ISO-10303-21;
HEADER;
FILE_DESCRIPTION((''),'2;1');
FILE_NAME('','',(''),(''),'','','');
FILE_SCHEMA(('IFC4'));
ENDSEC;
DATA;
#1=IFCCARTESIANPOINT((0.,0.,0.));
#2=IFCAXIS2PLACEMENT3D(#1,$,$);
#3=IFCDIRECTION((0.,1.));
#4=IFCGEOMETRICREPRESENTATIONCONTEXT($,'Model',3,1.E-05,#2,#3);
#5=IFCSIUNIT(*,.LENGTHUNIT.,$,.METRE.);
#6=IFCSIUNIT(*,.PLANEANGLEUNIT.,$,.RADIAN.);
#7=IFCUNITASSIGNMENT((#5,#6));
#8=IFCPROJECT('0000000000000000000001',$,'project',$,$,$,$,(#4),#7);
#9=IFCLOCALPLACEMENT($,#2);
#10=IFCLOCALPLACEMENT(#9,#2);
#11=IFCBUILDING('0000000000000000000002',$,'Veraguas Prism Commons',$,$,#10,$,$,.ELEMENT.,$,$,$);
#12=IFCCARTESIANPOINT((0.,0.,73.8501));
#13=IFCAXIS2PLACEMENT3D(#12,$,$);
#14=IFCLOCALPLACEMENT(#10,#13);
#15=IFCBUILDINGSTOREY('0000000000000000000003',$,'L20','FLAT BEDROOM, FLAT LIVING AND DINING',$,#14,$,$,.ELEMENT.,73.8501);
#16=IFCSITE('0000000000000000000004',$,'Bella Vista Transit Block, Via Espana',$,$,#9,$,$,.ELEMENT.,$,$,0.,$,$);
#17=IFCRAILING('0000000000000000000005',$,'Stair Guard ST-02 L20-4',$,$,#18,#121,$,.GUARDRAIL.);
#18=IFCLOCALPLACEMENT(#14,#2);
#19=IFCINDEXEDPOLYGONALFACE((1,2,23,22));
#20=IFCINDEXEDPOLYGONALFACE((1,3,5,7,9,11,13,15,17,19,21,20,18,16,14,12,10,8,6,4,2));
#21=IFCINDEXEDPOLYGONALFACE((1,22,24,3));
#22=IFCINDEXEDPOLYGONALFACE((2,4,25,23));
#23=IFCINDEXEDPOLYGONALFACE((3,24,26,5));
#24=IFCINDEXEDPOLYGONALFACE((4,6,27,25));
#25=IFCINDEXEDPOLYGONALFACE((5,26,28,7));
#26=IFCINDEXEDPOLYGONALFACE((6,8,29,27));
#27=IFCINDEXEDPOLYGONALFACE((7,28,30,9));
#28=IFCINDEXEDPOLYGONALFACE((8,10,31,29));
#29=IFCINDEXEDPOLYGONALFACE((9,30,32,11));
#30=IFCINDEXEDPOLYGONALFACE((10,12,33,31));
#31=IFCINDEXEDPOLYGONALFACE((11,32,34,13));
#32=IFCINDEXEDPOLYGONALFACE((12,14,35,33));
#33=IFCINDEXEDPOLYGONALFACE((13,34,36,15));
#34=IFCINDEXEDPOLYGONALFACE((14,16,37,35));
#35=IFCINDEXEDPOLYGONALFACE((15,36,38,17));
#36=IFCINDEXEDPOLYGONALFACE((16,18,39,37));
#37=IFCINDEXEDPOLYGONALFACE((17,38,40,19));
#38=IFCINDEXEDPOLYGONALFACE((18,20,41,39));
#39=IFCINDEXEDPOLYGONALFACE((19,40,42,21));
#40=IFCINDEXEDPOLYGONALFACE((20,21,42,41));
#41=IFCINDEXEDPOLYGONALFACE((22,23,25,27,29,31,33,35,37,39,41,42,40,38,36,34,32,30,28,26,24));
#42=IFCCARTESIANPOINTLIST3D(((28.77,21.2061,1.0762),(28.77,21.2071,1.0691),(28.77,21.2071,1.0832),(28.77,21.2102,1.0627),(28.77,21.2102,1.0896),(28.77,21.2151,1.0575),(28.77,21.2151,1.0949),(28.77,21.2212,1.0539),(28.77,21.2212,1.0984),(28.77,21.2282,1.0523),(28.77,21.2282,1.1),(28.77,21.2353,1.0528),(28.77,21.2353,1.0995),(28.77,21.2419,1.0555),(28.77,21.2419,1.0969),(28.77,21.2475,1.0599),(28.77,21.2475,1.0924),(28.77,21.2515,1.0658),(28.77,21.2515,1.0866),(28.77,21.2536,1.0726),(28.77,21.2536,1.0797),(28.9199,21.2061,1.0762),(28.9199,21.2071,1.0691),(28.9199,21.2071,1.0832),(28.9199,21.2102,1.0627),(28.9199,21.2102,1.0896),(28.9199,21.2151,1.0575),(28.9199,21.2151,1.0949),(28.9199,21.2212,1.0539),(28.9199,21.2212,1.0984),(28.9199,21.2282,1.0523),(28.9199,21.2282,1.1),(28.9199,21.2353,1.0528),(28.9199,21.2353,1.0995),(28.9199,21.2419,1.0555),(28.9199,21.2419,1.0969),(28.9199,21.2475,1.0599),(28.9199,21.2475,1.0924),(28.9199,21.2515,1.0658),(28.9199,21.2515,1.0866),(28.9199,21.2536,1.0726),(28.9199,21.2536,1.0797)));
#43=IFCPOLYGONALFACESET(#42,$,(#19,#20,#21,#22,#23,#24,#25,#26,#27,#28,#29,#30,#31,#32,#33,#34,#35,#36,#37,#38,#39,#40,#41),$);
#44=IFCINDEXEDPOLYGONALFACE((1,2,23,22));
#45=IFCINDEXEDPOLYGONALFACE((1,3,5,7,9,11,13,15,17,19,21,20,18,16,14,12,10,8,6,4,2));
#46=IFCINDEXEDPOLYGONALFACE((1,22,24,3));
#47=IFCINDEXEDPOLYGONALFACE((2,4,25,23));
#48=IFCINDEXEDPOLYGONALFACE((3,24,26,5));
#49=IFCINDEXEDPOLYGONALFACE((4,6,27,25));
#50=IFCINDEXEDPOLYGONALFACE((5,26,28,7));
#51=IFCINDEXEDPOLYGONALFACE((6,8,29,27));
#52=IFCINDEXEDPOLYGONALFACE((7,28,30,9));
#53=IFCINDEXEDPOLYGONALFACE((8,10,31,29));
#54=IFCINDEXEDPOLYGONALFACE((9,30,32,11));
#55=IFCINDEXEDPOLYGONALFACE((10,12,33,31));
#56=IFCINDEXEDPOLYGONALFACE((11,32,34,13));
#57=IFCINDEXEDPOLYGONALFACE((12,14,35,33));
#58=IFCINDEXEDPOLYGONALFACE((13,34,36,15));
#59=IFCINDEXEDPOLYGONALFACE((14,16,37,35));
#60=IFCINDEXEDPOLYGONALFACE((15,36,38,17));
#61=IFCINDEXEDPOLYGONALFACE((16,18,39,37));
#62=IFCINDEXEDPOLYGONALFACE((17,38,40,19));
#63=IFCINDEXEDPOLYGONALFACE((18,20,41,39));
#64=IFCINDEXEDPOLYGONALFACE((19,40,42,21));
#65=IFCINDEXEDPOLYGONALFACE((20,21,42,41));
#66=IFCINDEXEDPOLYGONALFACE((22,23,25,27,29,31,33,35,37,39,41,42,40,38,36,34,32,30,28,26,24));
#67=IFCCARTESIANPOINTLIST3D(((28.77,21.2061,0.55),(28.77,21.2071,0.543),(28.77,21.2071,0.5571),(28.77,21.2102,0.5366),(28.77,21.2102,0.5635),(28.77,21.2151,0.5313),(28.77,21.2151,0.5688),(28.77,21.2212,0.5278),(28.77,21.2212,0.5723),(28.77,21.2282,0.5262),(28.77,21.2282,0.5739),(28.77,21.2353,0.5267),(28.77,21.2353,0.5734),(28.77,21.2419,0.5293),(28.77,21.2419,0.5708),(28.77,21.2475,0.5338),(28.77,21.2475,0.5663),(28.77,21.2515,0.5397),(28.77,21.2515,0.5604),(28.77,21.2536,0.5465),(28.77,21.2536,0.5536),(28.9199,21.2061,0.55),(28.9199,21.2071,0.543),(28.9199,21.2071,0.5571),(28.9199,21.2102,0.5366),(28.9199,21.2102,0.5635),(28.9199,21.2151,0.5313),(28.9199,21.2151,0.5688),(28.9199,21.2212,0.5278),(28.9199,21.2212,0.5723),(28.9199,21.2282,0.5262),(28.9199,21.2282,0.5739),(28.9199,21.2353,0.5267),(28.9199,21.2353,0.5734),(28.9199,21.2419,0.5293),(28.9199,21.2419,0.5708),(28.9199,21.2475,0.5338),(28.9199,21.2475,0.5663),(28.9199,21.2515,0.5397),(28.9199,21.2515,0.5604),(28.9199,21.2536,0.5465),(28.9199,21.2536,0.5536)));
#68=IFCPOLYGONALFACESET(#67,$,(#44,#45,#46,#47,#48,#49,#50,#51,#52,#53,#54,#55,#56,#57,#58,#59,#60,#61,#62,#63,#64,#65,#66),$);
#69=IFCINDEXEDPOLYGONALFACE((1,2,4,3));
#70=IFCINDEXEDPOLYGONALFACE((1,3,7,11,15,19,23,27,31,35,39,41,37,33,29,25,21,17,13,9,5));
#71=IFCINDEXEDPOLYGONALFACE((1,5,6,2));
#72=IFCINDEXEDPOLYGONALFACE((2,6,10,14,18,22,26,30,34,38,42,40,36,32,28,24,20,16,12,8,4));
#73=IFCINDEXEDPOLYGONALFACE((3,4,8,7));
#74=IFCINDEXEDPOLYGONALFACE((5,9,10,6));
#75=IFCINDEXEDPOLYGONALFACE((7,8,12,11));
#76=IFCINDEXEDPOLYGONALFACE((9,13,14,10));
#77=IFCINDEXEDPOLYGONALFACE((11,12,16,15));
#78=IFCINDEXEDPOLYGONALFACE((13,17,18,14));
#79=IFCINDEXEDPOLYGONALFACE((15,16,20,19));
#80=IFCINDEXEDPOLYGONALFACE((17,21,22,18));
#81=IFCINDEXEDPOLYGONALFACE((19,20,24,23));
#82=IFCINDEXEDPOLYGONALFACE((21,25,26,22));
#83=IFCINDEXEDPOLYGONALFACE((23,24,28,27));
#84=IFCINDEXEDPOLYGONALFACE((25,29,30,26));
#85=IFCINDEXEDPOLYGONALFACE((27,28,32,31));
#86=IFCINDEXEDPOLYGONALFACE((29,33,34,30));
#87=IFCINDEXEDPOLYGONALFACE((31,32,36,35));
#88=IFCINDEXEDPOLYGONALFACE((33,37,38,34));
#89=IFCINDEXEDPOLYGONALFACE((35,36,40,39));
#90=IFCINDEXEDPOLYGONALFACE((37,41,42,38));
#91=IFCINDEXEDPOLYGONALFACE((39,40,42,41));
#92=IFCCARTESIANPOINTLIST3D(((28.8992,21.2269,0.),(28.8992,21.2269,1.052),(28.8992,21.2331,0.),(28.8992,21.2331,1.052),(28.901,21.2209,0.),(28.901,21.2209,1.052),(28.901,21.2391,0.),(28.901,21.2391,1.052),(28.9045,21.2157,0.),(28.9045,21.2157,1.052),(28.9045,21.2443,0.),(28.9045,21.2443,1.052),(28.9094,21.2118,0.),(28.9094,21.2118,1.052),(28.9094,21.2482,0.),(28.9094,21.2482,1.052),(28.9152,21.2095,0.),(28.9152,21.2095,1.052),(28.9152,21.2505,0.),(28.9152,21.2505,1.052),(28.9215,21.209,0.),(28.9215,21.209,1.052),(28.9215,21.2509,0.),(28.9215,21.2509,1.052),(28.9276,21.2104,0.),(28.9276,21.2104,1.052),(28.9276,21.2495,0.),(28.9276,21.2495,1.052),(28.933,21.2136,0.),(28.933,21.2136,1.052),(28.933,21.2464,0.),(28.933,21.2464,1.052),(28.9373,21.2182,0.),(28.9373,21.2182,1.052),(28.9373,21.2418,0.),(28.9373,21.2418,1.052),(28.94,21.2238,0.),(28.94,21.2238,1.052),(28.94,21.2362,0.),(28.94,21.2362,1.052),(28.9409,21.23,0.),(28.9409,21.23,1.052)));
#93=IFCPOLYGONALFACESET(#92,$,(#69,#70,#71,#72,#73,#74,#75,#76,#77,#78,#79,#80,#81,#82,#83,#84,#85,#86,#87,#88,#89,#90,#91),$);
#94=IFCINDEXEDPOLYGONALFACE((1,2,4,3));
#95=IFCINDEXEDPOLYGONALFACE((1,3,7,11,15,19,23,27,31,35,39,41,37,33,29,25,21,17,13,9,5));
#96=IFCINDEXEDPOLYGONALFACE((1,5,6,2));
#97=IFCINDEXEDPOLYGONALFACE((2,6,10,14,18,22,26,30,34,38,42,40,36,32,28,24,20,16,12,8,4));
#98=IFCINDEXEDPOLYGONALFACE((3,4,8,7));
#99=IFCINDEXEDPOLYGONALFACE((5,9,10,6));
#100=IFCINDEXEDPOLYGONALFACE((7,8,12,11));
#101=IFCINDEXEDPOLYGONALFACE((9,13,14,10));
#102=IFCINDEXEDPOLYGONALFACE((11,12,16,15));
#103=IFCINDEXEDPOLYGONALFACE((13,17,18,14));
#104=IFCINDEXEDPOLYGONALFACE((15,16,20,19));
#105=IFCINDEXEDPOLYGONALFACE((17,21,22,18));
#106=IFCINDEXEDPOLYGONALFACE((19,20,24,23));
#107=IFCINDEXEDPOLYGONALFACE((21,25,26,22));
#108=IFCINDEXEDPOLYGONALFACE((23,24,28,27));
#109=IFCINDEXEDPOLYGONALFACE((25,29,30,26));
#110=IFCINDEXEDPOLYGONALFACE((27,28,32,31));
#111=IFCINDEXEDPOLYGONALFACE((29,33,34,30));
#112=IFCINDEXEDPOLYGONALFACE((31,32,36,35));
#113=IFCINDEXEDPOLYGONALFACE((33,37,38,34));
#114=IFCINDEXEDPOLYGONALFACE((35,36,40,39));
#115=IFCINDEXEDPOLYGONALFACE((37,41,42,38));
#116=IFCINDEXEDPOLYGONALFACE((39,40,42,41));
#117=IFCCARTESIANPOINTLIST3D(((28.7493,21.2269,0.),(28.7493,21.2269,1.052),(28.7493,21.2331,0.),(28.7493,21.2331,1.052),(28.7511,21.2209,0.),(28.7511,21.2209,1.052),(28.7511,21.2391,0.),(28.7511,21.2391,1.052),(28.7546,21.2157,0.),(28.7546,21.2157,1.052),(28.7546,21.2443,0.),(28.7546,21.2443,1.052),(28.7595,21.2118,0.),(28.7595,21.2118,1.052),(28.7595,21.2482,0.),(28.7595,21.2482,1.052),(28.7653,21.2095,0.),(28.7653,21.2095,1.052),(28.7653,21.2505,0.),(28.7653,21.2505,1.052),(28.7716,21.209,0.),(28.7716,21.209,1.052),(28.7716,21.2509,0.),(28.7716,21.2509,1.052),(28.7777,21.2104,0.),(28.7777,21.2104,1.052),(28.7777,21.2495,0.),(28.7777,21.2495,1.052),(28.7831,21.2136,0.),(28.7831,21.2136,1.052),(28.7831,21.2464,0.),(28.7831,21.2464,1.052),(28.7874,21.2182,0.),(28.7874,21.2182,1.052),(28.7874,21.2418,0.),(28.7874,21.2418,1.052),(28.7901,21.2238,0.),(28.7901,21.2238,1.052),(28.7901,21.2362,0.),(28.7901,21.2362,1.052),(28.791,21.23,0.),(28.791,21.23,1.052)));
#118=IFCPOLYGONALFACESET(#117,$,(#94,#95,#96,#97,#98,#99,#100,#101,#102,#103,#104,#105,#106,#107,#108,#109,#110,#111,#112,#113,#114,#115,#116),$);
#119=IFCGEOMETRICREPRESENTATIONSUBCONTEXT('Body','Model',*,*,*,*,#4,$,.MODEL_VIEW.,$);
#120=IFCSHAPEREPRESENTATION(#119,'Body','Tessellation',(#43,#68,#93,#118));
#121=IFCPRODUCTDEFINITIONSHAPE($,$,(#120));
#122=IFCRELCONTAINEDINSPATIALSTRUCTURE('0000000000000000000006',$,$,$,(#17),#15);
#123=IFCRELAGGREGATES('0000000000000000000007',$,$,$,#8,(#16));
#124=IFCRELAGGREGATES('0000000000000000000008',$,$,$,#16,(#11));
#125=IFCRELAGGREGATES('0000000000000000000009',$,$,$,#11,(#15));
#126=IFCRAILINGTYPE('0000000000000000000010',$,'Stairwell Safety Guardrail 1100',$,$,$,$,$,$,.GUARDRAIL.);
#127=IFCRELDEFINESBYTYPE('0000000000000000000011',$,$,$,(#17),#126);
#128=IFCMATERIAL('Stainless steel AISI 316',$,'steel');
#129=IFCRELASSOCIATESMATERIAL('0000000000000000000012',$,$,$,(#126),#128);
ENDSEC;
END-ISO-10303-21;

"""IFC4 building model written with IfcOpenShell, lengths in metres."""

from ifc_helpers import new_model, si_unit, direction, frame, origin, origin_2d, place, context, subcontext, project, spatial, circle, extrude, material, type_object, element, save


model = new_model("IFC4")

# Units and contexts
model_context = context("Model", 3, precision=1e-05, world=origin(), true_north=direction((0.0, 1.0)))
body_context = subcontext(model_context, "Body", "Model", "MODEL_VIEW")
ifc_project = project(units=[si_unit("LENGTHUNIT", "METRE"), si_unit("PLANEANGLEUNIT", "RADIAN")], contexts=[model_context])

# Site, building, storey
site_placement = place(None, origin())
site = spatial("IfcSite", under=ifc_project, at=site_placement, Name="Bella Vista Transit Block, Via Espana", CompositionType="ELEMENT", RefElevation=0.0)
building_placement = place(site_placement, origin())
building = spatial("IfcBuilding", under=site, at=building_placement, Name="Veraguas Prism Commons", CompositionType="ELEMENT")
storey_placement = place(building_placement, frame((0.0, 0.0, 73.8501)))
storey = spatial("IfcBuildingStorey", under=building, at=storey_placement, Name="L20", Description="FLAT BEDROOM, FLAT LIVING AND DINING", CompositionType="ELEMENT", Elevation=73.8501)

# Shared definitions
ifc_material_1 = material(Name="Stainless steel AISI 316", Category="steel")

# Railing
railing_type_1 = type_object("IfcRailingType", Name="Stairwell Safety Guardrail 1100", PredefinedType="GUARDRAIL", material=ifc_material_1)
railing_1_placement = place(storey_placement, frame((28.9199, 21.23, 0.0)))
element("IfcRailing", 1, at=railing_1_placement, inside=storey, type_object=railing_type_1, Name="Stair Guard ST-02 L20-4", PredefinedType="GUARDRAIL", context=body_context, shape_type="SweptSolid", body=[
    extrude(circle(Radius=0.0239, at=origin_2d()), frame((0.0, 0.0, 1.0762), z_axis=(-1.0, 0.0, 0.0), x_axis=(0.0, -1.0, 0.0)), (0.0, 0.0, 1.0), 0.1499),
    extrude(circle(Radius=0.0239, at=origin_2d()), frame((0.0, 0.0, 0.55), z_axis=(-1.0, 0.0, 0.0), x_axis=(0.0, -1.0, 0.0)), (0.0, 0.0, 1.0), 0.1499),
    extrude(circle(Radius=0.021, at=origin_2d()), origin(), (0.0, 0.0, 1.0), 1.052),
    extrude(circle(Radius=0.021, at=origin_2d()), frame((-0.1499, 0.0, 0.0)), (0.0, 0.0, 1.0), 1.052),
])

save(model, "model.ifc")
